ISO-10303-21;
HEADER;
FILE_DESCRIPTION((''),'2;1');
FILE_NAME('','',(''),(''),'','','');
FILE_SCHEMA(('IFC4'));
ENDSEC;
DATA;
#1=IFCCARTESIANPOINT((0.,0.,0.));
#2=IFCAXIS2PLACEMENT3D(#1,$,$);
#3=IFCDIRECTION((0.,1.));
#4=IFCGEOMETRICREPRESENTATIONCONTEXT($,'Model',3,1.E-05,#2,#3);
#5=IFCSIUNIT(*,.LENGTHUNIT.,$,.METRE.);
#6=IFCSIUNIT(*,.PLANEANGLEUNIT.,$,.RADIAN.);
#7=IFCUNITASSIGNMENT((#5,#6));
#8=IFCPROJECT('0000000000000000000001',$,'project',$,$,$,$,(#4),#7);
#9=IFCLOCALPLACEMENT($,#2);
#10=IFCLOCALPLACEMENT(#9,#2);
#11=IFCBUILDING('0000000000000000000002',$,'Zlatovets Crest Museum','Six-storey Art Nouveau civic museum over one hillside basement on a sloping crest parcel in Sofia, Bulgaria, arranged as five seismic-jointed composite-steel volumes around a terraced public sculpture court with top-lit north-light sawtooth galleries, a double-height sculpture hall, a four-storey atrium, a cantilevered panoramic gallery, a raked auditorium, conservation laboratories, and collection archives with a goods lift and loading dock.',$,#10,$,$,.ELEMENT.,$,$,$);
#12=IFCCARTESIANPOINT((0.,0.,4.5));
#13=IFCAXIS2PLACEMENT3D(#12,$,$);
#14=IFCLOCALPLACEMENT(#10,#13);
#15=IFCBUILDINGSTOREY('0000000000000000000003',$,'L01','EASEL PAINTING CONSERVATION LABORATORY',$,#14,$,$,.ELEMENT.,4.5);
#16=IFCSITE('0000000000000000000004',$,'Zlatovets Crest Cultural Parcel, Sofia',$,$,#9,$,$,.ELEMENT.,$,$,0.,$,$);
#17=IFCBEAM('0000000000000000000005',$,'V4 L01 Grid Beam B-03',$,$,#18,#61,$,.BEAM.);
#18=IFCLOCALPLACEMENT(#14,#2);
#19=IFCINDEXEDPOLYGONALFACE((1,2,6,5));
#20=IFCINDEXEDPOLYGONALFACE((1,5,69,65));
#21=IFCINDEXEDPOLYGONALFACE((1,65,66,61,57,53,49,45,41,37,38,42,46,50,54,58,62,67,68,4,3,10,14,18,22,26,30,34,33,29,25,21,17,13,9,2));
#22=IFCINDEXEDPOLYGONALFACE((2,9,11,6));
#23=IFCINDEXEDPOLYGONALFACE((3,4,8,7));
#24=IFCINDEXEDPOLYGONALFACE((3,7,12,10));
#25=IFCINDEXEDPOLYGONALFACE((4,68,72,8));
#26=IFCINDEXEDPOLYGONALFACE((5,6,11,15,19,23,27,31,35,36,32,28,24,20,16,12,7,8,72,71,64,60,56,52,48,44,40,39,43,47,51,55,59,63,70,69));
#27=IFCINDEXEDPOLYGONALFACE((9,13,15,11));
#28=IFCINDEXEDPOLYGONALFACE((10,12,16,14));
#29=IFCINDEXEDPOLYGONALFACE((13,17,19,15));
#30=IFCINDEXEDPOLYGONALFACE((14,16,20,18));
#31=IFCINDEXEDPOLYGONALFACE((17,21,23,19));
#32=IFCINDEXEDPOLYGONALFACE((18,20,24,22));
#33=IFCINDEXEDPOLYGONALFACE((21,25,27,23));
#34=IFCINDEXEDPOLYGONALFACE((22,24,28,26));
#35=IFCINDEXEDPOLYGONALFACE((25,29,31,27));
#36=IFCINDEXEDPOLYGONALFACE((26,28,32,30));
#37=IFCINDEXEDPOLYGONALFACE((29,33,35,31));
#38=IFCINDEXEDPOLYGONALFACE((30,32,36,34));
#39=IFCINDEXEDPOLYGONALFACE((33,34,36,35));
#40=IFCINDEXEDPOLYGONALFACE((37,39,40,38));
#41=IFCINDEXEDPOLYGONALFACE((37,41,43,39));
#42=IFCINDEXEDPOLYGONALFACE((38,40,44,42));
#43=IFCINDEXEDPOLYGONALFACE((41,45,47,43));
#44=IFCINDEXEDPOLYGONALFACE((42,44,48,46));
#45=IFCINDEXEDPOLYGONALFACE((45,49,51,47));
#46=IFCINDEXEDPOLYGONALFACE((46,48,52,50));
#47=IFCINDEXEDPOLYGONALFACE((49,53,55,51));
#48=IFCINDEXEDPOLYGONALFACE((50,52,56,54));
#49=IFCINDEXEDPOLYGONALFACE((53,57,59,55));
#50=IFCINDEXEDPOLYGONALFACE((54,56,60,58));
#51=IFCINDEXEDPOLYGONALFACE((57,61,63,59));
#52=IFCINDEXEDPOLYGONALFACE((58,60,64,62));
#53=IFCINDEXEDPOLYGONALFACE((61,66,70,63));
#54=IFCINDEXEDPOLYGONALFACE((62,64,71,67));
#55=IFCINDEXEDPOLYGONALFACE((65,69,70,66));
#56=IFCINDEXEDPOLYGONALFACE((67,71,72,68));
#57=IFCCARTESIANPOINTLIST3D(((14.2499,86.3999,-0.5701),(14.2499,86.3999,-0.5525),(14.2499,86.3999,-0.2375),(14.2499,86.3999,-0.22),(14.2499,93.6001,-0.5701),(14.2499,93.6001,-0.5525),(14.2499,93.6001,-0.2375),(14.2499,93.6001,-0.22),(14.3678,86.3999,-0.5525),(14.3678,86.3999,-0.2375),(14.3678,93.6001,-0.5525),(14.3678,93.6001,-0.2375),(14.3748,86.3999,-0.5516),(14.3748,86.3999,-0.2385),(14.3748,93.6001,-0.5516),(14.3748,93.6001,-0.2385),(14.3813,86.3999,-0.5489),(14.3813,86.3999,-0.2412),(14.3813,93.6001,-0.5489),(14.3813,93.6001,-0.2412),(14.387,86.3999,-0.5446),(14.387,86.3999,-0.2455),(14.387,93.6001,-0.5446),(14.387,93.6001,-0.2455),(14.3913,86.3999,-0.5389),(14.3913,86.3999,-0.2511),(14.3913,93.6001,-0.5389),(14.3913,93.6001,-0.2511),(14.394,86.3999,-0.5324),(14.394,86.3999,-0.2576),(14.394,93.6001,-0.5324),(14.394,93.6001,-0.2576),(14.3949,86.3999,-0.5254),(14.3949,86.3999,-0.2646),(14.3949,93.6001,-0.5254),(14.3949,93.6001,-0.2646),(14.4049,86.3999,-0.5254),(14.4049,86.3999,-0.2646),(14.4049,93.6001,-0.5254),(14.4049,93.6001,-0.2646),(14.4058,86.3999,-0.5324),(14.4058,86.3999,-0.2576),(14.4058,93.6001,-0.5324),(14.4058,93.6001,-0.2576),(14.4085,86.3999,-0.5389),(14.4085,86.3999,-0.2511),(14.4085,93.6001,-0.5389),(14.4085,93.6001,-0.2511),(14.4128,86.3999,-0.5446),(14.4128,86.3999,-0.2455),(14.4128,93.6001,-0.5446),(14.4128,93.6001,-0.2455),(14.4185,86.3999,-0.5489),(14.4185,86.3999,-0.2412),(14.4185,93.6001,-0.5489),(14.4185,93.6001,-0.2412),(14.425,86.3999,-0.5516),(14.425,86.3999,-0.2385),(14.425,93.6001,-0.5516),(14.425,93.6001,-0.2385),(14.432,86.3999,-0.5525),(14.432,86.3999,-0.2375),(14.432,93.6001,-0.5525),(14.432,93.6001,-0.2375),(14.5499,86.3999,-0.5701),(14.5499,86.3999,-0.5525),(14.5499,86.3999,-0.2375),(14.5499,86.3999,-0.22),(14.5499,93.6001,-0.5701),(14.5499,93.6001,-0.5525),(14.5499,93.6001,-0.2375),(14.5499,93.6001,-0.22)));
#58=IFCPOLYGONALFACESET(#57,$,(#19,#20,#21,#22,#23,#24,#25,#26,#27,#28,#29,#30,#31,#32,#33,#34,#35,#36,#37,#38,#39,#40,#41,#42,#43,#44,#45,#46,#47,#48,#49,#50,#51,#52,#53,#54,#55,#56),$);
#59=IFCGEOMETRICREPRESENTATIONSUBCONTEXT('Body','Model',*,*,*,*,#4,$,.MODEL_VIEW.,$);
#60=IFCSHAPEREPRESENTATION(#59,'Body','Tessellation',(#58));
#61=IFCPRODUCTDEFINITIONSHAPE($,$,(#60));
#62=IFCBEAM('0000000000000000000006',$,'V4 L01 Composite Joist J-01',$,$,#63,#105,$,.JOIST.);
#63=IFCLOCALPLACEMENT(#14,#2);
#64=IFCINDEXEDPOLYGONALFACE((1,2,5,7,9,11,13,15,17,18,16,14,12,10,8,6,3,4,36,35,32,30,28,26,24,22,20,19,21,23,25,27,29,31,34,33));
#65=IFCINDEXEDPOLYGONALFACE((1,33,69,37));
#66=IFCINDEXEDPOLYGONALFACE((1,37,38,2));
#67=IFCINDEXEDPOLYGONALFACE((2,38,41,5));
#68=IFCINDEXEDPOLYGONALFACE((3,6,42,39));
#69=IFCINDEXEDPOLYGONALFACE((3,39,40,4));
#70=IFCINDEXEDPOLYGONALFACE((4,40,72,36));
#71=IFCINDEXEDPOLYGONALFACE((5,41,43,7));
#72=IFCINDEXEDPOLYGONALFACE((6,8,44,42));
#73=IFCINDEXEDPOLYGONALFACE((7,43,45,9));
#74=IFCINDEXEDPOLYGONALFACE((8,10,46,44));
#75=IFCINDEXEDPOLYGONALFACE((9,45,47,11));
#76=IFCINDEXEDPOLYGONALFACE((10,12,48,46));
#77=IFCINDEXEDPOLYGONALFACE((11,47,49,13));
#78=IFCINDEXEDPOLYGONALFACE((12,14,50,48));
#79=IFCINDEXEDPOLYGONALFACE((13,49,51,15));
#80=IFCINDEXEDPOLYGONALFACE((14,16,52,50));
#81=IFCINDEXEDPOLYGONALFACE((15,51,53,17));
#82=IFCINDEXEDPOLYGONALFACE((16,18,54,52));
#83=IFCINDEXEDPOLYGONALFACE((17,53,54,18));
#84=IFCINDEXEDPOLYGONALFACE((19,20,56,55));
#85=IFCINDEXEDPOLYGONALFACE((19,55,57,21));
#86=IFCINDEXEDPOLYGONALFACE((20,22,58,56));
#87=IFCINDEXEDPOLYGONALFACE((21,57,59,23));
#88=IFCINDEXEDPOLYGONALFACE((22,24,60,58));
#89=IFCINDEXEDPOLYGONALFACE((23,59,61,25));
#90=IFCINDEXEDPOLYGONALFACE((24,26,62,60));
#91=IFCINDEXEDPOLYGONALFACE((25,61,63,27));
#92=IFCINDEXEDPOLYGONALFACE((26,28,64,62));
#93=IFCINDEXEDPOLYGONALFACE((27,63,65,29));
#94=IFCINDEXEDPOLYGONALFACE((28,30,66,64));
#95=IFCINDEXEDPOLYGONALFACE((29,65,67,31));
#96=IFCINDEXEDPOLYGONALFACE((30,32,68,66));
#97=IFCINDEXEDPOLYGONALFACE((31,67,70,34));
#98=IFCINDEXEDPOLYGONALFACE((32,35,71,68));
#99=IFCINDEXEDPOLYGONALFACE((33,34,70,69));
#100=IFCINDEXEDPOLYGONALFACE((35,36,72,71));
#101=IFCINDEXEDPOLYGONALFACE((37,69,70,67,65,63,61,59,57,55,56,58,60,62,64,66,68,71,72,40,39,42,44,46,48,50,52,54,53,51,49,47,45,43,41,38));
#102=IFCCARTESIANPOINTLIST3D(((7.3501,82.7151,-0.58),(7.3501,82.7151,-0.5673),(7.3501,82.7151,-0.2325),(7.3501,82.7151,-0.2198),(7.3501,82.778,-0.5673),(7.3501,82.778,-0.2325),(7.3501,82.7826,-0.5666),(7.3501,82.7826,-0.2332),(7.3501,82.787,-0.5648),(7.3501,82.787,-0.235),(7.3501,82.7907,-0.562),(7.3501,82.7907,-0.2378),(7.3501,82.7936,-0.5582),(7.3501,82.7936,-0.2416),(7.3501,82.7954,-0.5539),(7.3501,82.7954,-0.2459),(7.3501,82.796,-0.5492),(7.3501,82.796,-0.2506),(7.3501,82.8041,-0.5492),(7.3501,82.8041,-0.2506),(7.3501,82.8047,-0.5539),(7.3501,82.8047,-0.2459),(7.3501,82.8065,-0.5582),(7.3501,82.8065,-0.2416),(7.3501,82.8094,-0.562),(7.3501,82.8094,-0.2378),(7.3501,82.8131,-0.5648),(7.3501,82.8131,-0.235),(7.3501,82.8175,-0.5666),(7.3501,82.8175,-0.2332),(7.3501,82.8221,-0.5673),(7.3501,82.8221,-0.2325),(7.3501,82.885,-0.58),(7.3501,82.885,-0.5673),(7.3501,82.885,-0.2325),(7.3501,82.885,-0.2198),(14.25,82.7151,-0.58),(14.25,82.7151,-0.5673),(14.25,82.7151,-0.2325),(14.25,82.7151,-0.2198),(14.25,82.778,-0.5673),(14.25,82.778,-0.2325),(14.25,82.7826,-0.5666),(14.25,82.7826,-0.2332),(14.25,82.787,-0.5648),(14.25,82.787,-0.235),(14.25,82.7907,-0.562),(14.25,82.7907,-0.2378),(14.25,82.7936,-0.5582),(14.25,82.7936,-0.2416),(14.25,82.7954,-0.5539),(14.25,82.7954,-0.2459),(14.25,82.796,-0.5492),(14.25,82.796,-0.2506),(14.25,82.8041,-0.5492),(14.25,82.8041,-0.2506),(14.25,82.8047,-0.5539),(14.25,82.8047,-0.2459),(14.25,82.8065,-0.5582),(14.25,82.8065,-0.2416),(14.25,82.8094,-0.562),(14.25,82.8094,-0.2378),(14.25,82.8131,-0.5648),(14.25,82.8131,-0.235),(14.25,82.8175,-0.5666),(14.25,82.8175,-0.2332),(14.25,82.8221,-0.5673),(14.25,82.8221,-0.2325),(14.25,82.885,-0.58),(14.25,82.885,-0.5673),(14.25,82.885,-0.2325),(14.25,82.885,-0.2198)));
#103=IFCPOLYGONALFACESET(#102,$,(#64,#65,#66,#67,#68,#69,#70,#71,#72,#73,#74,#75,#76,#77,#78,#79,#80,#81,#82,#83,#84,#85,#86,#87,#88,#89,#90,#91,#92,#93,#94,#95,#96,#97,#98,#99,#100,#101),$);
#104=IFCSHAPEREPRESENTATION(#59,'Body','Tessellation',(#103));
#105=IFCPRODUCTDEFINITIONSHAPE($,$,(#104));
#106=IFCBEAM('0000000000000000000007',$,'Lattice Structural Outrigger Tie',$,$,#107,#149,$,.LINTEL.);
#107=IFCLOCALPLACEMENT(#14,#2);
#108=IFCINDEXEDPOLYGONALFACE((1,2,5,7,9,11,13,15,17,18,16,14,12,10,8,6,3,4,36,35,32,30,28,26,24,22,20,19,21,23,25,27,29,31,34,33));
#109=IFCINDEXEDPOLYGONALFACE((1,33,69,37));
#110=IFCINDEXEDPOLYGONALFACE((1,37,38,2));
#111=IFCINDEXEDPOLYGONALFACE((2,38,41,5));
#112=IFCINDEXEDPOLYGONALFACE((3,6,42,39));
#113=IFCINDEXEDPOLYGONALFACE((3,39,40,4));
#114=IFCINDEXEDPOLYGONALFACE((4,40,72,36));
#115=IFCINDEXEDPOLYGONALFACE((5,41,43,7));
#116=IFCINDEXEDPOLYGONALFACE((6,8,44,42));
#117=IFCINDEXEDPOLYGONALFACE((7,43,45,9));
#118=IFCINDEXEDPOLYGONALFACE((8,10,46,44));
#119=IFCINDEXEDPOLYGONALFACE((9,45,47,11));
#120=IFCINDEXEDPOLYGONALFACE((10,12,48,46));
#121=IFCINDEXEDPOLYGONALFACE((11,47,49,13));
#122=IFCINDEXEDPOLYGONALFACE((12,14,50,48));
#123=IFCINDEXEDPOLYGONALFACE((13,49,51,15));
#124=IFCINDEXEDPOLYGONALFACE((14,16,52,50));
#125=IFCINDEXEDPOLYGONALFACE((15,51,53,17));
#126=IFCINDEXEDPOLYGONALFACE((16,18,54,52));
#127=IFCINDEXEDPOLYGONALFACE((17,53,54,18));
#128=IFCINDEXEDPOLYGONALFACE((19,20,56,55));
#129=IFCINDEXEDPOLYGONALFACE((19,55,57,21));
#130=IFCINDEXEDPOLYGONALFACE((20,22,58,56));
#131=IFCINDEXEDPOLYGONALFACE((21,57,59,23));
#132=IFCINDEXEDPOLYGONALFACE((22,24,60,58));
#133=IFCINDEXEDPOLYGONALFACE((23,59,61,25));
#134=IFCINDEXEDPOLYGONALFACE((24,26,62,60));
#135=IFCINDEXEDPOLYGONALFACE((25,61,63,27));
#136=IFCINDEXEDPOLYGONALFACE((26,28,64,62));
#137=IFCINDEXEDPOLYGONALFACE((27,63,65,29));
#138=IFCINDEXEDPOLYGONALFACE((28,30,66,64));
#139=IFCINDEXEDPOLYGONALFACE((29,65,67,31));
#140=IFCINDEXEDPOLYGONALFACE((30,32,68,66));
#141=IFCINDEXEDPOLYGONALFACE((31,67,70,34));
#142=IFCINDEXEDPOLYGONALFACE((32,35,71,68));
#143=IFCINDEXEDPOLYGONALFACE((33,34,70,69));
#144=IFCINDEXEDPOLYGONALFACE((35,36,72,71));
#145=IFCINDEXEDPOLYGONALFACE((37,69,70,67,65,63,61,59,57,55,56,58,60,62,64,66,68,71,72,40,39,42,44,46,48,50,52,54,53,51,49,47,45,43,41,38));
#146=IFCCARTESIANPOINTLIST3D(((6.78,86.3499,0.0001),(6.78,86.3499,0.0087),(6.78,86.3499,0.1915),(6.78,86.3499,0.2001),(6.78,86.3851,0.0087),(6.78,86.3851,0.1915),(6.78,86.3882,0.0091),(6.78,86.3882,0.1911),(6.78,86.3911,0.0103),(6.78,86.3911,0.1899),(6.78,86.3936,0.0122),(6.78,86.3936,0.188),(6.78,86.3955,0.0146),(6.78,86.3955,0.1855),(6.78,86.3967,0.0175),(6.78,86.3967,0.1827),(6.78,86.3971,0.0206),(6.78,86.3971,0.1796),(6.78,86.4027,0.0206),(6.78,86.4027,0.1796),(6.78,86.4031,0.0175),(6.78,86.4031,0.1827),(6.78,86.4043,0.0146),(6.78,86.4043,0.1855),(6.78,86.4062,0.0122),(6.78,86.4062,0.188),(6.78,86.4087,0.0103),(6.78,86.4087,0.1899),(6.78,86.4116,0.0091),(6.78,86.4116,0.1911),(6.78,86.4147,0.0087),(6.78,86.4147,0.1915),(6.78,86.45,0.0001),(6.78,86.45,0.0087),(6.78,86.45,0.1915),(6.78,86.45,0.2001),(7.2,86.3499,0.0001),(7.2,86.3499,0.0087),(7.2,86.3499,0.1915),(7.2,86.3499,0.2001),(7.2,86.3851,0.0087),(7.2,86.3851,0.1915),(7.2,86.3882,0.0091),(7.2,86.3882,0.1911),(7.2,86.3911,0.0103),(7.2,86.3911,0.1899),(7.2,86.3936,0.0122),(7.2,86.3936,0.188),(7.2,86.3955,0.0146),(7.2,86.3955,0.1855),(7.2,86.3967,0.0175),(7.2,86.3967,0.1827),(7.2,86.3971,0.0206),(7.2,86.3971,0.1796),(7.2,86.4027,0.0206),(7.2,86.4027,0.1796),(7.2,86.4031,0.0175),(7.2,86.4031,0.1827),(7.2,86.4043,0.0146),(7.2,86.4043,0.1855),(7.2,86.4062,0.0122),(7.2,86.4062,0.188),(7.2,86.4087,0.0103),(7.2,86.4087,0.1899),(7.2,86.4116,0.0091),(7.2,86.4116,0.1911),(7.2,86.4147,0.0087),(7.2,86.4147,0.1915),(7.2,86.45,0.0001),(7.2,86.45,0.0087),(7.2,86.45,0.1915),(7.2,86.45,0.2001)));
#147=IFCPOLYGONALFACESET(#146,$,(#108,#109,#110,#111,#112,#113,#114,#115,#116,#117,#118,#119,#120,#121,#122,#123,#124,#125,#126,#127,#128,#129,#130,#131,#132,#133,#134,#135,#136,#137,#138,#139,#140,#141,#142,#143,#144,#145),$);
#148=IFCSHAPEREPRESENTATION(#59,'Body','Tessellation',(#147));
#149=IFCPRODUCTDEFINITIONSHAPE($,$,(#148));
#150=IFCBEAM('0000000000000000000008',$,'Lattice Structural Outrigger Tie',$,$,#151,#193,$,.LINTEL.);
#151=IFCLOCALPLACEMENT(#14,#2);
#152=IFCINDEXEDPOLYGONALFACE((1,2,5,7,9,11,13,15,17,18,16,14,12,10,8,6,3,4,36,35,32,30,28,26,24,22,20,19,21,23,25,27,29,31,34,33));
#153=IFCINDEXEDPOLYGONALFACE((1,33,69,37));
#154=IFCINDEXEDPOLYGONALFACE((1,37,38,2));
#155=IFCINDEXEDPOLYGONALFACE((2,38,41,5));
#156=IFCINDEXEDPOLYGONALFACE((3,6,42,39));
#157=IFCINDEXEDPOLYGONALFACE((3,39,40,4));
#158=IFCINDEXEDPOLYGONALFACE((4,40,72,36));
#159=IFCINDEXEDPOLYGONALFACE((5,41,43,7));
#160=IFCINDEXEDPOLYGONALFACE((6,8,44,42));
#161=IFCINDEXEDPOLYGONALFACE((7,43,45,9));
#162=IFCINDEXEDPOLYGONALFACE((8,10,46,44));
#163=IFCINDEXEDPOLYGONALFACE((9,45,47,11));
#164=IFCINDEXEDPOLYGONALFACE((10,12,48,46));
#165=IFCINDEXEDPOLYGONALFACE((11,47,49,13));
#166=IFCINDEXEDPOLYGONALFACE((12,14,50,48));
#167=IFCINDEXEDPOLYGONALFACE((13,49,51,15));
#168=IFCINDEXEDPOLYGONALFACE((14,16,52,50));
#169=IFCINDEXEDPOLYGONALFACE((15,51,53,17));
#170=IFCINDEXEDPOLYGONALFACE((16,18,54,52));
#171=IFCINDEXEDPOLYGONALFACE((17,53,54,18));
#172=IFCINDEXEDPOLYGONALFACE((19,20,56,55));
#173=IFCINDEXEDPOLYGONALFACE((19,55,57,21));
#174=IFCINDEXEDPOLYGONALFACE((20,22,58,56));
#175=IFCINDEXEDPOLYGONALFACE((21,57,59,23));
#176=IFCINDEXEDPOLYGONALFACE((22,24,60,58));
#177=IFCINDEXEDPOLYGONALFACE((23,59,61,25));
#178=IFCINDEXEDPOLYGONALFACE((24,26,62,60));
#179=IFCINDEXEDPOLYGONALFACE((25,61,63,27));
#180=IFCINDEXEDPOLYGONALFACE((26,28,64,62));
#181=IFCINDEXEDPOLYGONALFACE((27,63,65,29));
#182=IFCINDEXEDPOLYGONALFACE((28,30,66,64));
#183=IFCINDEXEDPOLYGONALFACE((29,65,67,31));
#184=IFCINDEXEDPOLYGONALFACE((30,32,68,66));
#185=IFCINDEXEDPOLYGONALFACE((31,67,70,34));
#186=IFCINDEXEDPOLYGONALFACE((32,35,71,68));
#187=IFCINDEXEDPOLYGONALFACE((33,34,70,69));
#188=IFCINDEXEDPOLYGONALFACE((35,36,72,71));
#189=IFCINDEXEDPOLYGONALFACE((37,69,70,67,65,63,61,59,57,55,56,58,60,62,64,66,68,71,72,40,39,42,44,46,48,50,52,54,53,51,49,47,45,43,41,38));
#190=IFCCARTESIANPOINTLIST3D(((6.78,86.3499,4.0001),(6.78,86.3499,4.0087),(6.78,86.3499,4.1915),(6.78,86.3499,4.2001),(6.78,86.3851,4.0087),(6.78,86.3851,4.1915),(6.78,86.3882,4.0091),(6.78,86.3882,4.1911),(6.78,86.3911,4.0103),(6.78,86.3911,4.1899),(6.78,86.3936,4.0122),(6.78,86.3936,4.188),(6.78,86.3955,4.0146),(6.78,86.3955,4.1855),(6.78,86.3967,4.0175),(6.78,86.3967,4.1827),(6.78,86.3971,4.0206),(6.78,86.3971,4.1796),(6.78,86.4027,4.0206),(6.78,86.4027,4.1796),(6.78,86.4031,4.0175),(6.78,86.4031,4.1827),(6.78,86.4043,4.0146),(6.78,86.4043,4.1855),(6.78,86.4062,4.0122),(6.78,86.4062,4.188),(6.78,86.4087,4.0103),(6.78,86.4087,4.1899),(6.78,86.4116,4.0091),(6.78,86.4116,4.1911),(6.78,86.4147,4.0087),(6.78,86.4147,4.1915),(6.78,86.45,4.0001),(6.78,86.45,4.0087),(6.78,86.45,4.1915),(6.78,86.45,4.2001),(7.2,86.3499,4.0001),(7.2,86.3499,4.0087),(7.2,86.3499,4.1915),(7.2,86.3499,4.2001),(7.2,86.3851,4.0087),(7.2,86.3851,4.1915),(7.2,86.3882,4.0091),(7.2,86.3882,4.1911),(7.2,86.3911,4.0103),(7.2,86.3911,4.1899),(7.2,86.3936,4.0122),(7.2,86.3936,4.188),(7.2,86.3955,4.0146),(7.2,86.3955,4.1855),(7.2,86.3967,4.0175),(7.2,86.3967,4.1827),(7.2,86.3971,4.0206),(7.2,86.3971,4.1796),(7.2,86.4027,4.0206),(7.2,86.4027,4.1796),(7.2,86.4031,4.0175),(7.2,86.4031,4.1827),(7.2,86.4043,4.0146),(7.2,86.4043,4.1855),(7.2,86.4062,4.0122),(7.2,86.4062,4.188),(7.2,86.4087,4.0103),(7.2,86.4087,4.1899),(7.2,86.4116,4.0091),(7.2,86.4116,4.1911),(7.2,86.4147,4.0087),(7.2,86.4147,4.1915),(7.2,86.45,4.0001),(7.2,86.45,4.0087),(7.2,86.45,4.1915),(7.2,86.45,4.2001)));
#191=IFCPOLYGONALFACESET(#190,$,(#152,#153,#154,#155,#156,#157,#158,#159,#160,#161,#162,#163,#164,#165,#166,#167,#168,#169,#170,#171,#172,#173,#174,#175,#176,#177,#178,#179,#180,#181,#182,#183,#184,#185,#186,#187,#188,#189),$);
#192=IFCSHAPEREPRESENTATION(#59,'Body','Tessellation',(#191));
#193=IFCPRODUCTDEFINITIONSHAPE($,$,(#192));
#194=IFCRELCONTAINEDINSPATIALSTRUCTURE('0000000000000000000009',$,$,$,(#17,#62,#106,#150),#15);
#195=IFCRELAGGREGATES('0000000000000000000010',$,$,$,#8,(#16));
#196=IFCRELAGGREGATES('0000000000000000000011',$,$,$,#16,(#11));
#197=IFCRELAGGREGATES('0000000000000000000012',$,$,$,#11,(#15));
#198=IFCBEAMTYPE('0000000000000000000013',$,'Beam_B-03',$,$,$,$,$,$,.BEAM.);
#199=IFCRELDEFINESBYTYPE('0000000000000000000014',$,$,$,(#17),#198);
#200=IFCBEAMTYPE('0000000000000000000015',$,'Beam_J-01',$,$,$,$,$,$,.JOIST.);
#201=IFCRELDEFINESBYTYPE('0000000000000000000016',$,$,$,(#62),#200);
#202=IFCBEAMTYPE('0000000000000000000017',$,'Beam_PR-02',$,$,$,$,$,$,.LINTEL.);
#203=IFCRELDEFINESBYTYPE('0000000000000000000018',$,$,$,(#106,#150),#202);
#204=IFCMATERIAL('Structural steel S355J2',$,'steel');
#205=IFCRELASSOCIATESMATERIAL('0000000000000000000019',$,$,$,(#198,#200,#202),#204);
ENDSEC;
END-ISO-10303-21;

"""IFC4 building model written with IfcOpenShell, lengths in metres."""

from ifc_helpers import new_model, si_unit, direction, frame, origin, origin_2d, place, context, subcontext, project, spatial, i_section, extrude, material, material_profile, profile_set, type_object, element, save


model = new_model("IFC4")

# Units and contexts
model_context = context("Model", 3, precision=1e-05, world=origin(), true_north=direction((0.0, 1.0)))
body_context = subcontext(model_context, "Body", "Model", "MODEL_VIEW")
ifc_project = project(units=[si_unit("LENGTHUNIT", "METRE"), si_unit("PLANEANGLEUNIT", "RADIAN")], contexts=[model_context])

# Site, building, storey
site_placement = place(None, origin())
site = spatial("IfcSite", under=ifc_project, at=site_placement, Name="Zlatovets Crest Cultural Parcel, Sofia", CompositionType="ELEMENT", RefElevation=0.0)
building_placement = place(site_placement, origin())
building = spatial("IfcBuilding", under=site, at=building_placement, Name="Zlatovets Crest Museum", Description="Six-storey Art Nouveau civic museum over one hillside basement on a sloping crest parcel in Sofia, Bulgaria, arranged as five seismic-jointed composite-steel volumes around a terraced public sculpture court with top-lit north-light sawtooth galleries, a double-height sculpture hall, a four-storey atrium, a cantilevered panoramic gallery, a raked auditorium, conservation laboratories, and collection archives with a goods lift and loading dock.", CompositionType="ELEMENT")
storey_placement = place(building_placement, frame((0.0, 0.0, 4.5)))
storey = spatial("IfcBuildingStorey", under=building, at=storey_placement, Name="L01", Description="EASEL PAINTING CONSERVATION LABORATORY", CompositionType="ELEMENT", Elevation=4.5)

# Shared definitions
ifc_material_1 = material(Name="Structural steel S355J2", Category="steel")

# Beams
ifc_material_profile_1 = material_profile(ifc_material_1, i_section(OverallWidth=0.3, OverallDepth=0.3501, WebThickness=0.01, FlangeThickness=0.0176, FilletRadius=0.0271, at=origin_2d()), Name="HEA 360")
ifc_profile_set_1 = profile_set([ifc_material_profile_1], Name="Structural steel S355J2")
beam_type_1 = type_object("IfcBeamType", Name="Beam_B-03", PredefinedType="BEAM", material=ifc_profile_set_1)
beam_1_placement = place(storey_placement, frame((14.3999, 86.3999, -0.395), z_axis=(0.0, 1.0, 0.0), x_axis=(-1.0, 0.0, 0.0)))
element("IfcBeam", 1, at=beam_1_placement, inside=storey, type_object=beam_type_1, Name="V4 L01 Grid Beam B-03", PredefinedType="BEAM", context=body_context, shape_type="SweptSolid", body=[
    extrude(i_section(OverallWidth=0.3, OverallDepth=0.3501, WebThickness=0.01, FlangeThickness=0.0176, FilletRadius=0.0271, at=origin_2d()), origin(), (0.0, 0.0, 1.0), 7.2002),
])
ifc_material_profile_2 = material_profile(ifc_material_1, i_section(OverallWidth=0.1699, OverallDepth=0.3601, WebThickness=0.0081, FlangeThickness=0.0127, FilletRadius=0.0181, at=origin_2d()), Name="IPE 360")
ifc_profile_set_2 = profile_set([ifc_material_profile_2], Name="Structural steel S355J2")
beam_type_2 = type_object("IfcBeamType", Name="Beam_J-01", PredefinedType="JOIST", material=ifc_profile_set_2)
beam_2_placement = place(storey_placement, frame((7.3501, 82.8, -0.3999), z_axis=(1.0, 0.0, 0.0), x_axis=(0.0, 1.0, 0.0)))
element("IfcBeam", 2, at=beam_2_placement, inside=storey, type_object=beam_type_2, Name="V4 L01 Composite Joist J-01", PredefinedType="JOIST", context=body_context, shape_type="SweptSolid", body=[
    extrude(i_section(OverallWidth=0.1699, OverallDepth=0.3601, WebThickness=0.0081, FlangeThickness=0.0127, FilletRadius=0.0181, at=origin_2d()), origin(), (0.0, 0.0, 1.0), 6.8999),
])
ifc_material_profile_3 = material_profile(ifc_material_1, i_section(OverallWidth=0.1001, OverallDepth=0.2, WebThickness=0.0056, FlangeThickness=0.0085, FilletRadius=0.012, at=origin_2d()), Name="IPE 200")
ifc_profile_set_3 = profile_set([ifc_material_profile_3], Name="Structural steel S355J2")
beam_type_3 = type_object("IfcBeamType", Name="Beam_PR-02", PredefinedType="LINTEL", material=ifc_profile_set_3)
for number, where, z_axis, x_axis, name in (
    (3, (7.2, 86.3999, 0.1001), (-1.0, 0.0, 0.0), (0.0, -1.0, 0.0), "Lattice Structural Outrigger Tie"),
    (4, (7.2, 86.3999, 4.1001), (-1.0, 0.0, 0.0), (0.0, -1.0, 0.0), "Lattice Structural Outrigger Tie"),
):
    element("IfcBeam", number, at=place(storey_placement, frame(where, z_axis=z_axis, x_axis=x_axis)), inside=storey, type_object=beam_type_3, Name=name, PredefinedType="LINTEL", context=body_context, shape_type="SweptSolid", body=[
        extrude(i_section(OverallWidth=0.1001, OverallDepth=0.2, WebThickness=0.0056, FlangeThickness=0.0085, FilletRadius=0.012, at=origin_2d()), origin(), (0.0, 0.0, 1.0), 0.4199),
    ])

save(model, "model.ifc")
